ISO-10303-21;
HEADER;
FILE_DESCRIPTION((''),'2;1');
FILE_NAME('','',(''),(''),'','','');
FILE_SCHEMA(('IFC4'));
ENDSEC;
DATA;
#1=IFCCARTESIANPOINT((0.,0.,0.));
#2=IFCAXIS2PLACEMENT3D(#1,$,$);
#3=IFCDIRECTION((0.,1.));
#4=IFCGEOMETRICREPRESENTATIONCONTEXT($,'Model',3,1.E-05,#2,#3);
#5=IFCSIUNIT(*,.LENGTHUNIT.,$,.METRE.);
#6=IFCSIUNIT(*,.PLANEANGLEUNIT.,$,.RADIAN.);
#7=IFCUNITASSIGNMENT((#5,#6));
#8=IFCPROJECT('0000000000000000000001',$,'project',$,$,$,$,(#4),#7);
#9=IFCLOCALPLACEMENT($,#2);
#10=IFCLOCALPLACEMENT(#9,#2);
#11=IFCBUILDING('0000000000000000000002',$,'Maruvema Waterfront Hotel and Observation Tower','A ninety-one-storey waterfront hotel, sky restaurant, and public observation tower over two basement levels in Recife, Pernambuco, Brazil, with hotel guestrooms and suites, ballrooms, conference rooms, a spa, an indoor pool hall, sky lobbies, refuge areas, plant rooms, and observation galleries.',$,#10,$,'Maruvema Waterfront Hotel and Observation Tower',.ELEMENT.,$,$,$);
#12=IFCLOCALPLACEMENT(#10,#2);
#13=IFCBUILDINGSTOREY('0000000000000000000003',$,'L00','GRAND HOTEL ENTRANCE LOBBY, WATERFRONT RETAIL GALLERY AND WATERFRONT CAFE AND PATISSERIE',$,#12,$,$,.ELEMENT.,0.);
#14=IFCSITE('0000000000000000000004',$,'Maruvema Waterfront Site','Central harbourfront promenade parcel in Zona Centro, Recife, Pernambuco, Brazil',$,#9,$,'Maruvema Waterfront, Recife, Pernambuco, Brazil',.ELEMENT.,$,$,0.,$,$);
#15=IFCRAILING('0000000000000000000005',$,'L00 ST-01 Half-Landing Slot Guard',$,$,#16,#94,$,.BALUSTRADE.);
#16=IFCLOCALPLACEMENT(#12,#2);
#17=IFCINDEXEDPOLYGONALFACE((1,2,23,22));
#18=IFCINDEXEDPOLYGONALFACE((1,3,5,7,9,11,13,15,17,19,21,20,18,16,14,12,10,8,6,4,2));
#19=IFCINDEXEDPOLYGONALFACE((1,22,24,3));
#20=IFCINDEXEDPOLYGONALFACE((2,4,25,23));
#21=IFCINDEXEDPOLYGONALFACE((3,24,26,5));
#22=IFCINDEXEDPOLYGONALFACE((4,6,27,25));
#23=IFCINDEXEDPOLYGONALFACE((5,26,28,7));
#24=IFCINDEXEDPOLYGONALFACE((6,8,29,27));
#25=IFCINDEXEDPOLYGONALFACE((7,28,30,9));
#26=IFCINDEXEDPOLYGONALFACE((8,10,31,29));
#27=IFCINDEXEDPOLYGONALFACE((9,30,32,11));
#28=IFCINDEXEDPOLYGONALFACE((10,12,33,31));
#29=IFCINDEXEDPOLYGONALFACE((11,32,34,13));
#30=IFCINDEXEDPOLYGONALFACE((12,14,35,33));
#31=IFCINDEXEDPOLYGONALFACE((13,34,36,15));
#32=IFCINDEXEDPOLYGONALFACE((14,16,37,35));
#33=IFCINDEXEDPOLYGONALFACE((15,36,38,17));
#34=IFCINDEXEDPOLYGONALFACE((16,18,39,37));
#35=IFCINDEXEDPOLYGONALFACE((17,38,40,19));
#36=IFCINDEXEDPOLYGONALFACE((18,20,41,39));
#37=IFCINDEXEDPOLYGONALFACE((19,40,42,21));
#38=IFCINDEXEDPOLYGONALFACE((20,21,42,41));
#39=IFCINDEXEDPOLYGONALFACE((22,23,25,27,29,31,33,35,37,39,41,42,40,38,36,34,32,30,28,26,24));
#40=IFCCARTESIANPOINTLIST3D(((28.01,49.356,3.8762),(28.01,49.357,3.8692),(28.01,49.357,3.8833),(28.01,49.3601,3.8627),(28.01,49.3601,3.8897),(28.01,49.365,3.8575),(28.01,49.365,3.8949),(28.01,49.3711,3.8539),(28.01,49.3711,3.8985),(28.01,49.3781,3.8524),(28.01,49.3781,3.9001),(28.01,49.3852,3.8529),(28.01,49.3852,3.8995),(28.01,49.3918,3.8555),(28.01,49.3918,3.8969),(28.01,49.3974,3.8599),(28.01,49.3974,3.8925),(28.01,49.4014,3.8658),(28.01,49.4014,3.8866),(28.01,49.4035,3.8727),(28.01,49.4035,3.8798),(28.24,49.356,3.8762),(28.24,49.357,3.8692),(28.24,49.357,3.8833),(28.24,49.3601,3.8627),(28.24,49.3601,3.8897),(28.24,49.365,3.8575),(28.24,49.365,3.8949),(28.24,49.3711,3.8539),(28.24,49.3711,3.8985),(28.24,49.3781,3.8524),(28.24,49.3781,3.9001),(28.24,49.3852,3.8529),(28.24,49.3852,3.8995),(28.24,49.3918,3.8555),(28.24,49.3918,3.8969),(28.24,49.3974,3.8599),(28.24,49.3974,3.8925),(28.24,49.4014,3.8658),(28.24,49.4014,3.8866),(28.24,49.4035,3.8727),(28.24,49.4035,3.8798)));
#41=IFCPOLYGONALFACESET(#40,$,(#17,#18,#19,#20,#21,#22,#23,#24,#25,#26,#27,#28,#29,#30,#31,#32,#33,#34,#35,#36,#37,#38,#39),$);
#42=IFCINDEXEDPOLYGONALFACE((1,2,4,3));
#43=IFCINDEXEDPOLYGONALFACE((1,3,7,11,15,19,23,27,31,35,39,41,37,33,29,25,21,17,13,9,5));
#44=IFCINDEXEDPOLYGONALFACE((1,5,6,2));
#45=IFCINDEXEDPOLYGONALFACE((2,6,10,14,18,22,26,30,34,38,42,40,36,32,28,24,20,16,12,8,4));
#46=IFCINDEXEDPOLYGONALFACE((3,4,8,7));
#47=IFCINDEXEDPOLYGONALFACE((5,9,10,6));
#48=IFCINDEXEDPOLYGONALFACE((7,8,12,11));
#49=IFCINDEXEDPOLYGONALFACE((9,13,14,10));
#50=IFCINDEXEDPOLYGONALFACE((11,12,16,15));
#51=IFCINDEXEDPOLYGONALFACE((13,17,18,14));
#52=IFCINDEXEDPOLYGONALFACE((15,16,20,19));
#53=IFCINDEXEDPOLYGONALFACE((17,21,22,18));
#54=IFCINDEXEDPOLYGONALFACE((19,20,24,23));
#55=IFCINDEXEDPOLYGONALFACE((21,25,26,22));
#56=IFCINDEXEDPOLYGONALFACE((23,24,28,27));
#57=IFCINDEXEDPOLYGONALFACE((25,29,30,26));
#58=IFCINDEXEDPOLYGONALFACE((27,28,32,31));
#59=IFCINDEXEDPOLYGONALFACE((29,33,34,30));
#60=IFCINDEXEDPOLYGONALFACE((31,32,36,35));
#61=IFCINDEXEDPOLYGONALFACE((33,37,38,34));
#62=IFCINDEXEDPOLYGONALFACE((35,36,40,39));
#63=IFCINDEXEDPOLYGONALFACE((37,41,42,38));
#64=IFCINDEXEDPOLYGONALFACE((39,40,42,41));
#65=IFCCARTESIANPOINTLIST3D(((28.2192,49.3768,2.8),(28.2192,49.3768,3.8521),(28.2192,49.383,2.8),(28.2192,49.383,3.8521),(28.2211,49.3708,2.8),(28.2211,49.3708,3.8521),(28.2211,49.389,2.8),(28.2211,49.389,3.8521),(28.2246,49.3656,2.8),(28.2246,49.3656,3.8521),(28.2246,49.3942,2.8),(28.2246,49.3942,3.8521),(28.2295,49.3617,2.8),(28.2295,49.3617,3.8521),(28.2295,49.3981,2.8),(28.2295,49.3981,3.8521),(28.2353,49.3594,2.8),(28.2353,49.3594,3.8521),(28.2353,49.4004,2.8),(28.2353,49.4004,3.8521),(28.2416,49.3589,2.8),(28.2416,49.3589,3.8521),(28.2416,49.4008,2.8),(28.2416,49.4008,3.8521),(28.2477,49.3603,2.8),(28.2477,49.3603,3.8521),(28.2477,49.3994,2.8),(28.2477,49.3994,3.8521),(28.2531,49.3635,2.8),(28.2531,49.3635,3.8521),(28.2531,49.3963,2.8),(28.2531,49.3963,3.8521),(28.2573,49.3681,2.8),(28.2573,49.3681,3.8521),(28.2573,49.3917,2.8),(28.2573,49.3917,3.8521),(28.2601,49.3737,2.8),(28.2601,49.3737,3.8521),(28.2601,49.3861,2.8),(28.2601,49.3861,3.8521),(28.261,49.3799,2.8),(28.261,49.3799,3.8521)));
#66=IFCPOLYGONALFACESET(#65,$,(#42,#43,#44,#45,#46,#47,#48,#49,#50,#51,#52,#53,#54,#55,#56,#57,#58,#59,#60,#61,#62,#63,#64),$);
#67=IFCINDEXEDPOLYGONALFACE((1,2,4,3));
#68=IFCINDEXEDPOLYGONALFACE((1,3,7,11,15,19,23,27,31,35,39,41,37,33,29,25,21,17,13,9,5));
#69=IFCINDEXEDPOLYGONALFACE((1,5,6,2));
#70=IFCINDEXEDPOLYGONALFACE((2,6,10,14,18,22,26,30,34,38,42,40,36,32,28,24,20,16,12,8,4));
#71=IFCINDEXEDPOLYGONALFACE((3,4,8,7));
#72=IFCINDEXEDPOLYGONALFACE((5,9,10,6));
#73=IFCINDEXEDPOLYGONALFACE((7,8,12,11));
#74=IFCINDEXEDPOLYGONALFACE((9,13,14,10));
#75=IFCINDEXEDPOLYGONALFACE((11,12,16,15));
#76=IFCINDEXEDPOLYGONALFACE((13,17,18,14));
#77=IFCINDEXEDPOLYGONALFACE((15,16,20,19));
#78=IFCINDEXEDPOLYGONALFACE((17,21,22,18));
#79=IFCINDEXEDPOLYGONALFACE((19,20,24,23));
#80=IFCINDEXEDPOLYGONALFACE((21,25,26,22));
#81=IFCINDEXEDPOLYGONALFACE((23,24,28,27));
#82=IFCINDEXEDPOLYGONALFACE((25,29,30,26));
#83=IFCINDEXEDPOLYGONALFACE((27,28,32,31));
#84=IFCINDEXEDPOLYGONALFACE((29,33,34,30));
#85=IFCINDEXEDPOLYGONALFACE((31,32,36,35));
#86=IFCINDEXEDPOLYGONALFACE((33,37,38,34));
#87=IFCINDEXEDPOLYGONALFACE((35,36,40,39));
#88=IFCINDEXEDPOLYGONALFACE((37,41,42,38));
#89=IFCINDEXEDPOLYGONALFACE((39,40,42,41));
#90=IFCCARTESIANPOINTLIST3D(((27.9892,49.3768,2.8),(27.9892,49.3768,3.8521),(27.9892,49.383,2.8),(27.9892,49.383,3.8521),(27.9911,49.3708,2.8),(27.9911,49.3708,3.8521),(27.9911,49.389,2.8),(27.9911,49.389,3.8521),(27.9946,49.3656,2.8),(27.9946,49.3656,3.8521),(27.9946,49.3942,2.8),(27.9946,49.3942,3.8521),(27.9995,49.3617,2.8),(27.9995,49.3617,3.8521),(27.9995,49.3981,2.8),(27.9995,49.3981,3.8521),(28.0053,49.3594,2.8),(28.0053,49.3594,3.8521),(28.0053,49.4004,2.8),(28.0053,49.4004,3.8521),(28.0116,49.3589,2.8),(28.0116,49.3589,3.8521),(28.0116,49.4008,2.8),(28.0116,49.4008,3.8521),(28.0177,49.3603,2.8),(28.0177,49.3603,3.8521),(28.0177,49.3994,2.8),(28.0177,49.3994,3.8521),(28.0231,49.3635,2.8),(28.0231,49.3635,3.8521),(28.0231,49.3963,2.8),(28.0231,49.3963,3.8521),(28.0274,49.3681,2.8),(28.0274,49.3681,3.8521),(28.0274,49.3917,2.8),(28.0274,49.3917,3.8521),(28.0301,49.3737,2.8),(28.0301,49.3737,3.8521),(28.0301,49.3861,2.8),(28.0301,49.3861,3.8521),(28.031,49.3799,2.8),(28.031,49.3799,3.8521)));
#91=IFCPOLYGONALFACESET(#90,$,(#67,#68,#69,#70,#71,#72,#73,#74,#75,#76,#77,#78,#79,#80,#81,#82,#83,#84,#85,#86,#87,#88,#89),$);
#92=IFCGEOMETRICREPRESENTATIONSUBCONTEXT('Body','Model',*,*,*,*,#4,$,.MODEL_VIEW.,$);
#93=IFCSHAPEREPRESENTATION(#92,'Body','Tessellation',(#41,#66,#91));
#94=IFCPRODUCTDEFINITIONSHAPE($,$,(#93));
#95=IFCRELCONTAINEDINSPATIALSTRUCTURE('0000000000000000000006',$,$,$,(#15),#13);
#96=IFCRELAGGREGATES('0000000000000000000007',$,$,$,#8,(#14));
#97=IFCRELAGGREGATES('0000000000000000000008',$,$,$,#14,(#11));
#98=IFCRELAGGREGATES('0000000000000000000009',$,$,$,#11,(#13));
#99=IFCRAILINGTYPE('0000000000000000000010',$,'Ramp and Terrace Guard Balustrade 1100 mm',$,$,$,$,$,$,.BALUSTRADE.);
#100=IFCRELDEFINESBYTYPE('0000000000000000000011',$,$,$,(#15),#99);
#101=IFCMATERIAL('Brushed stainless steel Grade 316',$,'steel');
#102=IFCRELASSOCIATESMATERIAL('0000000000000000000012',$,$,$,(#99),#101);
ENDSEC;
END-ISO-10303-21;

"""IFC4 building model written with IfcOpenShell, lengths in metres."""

from ifc_helpers import new_model, si_unit, direction, frame, origin, origin_2d, place, context, subcontext, project, spatial, circle, extrude, material, type_object, element, save


model = new_model("IFC4")

# Units and contexts
model_context = context("Model", 3, precision=1e-05, world=origin(), true_north=direction((0.0, 1.0)))
body_context = subcontext(model_context, "Body", "Model", "MODEL_VIEW")
ifc_project = project(units=[si_unit("LENGTHUNIT", "METRE"), si_unit("PLANEANGLEUNIT", "RADIAN")], contexts=[model_context])

# Site, building, storey
site_placement = place(None, origin())
site = spatial("IfcSite", under=ifc_project, at=site_placement, Name="Maruvema Waterfront Site", Description="Central harbourfront promenade parcel in Zona Centro, Recife, Pernambuco, Brazil", LongName="Maruvema Waterfront, Recife, Pernambuco, Brazil", CompositionType="ELEMENT", RefElevation=0.0)
building_placement = place(site_placement, origin())
building = spatial("IfcBuilding", under=site, at=building_placement, Name="Maruvema Waterfront Hotel and Observation Tower", Description="A ninety-one-storey waterfront hotel, sky restaurant, and public observation tower over two basement levels in Recife, Pernambuco, Brazil, with hotel guestrooms and suites, ballrooms, conference rooms, a spa, an indoor pool hall, sky lobbies, refuge areas, plant rooms, and observation galleries.", LongName="Maruvema Waterfront Hotel and Observation Tower", CompositionType="ELEMENT")
storey_placement = place(building_placement, origin())
storey = spatial("IfcBuildingStorey", under=building, at=storey_placement, Name="L00", Description="GRAND HOTEL ENTRANCE LOBBY, WATERFRONT RETAIL GALLERY AND WATERFRONT CAFE AND PATISSERIE", CompositionType="ELEMENT", Elevation=0.0)

# Railing
ifc_material_1 = material(Name="Brushed stainless steel Grade 316", Category="steel")
railing_type_1 = type_object("IfcRailingType", Name="Ramp and Terrace Guard Balustrade 1100 mm", PredefinedType="BALUSTRADE", material=ifc_material_1)
railing_1_placement = place(storey_placement, frame((28.24, 49.3799, 2.8)))
element("IfcRailing", 1, at=railing_1_placement, inside=storey, type_object=railing_type_1, Name="L00 ST-01 Half-Landing Slot Guard", PredefinedType="BALUSTRADE", context=body_context, shape_type="SweptSolid", body=[
    extrude(circle(Radius=0.0239, at=origin_2d()), frame((0.0, 0.0, 1.0762), z_axis=(-1.0, 0.0, 0.0), x_axis=(0.0, -1.0, 0.0)), (0.0, 0.0, 1.0), 0.23),
    extrude(circle(Radius=0.021, at=origin_2d()), origin(), (0.0, 0.0, 1.0), 1.052),
    extrude(circle(Radius=0.021, at=origin_2d()), frame((-0.23, 0.0, 0.0)), (0.0, 0.0, 1.0), 1.052),
])

save(model, "model.ifc")
